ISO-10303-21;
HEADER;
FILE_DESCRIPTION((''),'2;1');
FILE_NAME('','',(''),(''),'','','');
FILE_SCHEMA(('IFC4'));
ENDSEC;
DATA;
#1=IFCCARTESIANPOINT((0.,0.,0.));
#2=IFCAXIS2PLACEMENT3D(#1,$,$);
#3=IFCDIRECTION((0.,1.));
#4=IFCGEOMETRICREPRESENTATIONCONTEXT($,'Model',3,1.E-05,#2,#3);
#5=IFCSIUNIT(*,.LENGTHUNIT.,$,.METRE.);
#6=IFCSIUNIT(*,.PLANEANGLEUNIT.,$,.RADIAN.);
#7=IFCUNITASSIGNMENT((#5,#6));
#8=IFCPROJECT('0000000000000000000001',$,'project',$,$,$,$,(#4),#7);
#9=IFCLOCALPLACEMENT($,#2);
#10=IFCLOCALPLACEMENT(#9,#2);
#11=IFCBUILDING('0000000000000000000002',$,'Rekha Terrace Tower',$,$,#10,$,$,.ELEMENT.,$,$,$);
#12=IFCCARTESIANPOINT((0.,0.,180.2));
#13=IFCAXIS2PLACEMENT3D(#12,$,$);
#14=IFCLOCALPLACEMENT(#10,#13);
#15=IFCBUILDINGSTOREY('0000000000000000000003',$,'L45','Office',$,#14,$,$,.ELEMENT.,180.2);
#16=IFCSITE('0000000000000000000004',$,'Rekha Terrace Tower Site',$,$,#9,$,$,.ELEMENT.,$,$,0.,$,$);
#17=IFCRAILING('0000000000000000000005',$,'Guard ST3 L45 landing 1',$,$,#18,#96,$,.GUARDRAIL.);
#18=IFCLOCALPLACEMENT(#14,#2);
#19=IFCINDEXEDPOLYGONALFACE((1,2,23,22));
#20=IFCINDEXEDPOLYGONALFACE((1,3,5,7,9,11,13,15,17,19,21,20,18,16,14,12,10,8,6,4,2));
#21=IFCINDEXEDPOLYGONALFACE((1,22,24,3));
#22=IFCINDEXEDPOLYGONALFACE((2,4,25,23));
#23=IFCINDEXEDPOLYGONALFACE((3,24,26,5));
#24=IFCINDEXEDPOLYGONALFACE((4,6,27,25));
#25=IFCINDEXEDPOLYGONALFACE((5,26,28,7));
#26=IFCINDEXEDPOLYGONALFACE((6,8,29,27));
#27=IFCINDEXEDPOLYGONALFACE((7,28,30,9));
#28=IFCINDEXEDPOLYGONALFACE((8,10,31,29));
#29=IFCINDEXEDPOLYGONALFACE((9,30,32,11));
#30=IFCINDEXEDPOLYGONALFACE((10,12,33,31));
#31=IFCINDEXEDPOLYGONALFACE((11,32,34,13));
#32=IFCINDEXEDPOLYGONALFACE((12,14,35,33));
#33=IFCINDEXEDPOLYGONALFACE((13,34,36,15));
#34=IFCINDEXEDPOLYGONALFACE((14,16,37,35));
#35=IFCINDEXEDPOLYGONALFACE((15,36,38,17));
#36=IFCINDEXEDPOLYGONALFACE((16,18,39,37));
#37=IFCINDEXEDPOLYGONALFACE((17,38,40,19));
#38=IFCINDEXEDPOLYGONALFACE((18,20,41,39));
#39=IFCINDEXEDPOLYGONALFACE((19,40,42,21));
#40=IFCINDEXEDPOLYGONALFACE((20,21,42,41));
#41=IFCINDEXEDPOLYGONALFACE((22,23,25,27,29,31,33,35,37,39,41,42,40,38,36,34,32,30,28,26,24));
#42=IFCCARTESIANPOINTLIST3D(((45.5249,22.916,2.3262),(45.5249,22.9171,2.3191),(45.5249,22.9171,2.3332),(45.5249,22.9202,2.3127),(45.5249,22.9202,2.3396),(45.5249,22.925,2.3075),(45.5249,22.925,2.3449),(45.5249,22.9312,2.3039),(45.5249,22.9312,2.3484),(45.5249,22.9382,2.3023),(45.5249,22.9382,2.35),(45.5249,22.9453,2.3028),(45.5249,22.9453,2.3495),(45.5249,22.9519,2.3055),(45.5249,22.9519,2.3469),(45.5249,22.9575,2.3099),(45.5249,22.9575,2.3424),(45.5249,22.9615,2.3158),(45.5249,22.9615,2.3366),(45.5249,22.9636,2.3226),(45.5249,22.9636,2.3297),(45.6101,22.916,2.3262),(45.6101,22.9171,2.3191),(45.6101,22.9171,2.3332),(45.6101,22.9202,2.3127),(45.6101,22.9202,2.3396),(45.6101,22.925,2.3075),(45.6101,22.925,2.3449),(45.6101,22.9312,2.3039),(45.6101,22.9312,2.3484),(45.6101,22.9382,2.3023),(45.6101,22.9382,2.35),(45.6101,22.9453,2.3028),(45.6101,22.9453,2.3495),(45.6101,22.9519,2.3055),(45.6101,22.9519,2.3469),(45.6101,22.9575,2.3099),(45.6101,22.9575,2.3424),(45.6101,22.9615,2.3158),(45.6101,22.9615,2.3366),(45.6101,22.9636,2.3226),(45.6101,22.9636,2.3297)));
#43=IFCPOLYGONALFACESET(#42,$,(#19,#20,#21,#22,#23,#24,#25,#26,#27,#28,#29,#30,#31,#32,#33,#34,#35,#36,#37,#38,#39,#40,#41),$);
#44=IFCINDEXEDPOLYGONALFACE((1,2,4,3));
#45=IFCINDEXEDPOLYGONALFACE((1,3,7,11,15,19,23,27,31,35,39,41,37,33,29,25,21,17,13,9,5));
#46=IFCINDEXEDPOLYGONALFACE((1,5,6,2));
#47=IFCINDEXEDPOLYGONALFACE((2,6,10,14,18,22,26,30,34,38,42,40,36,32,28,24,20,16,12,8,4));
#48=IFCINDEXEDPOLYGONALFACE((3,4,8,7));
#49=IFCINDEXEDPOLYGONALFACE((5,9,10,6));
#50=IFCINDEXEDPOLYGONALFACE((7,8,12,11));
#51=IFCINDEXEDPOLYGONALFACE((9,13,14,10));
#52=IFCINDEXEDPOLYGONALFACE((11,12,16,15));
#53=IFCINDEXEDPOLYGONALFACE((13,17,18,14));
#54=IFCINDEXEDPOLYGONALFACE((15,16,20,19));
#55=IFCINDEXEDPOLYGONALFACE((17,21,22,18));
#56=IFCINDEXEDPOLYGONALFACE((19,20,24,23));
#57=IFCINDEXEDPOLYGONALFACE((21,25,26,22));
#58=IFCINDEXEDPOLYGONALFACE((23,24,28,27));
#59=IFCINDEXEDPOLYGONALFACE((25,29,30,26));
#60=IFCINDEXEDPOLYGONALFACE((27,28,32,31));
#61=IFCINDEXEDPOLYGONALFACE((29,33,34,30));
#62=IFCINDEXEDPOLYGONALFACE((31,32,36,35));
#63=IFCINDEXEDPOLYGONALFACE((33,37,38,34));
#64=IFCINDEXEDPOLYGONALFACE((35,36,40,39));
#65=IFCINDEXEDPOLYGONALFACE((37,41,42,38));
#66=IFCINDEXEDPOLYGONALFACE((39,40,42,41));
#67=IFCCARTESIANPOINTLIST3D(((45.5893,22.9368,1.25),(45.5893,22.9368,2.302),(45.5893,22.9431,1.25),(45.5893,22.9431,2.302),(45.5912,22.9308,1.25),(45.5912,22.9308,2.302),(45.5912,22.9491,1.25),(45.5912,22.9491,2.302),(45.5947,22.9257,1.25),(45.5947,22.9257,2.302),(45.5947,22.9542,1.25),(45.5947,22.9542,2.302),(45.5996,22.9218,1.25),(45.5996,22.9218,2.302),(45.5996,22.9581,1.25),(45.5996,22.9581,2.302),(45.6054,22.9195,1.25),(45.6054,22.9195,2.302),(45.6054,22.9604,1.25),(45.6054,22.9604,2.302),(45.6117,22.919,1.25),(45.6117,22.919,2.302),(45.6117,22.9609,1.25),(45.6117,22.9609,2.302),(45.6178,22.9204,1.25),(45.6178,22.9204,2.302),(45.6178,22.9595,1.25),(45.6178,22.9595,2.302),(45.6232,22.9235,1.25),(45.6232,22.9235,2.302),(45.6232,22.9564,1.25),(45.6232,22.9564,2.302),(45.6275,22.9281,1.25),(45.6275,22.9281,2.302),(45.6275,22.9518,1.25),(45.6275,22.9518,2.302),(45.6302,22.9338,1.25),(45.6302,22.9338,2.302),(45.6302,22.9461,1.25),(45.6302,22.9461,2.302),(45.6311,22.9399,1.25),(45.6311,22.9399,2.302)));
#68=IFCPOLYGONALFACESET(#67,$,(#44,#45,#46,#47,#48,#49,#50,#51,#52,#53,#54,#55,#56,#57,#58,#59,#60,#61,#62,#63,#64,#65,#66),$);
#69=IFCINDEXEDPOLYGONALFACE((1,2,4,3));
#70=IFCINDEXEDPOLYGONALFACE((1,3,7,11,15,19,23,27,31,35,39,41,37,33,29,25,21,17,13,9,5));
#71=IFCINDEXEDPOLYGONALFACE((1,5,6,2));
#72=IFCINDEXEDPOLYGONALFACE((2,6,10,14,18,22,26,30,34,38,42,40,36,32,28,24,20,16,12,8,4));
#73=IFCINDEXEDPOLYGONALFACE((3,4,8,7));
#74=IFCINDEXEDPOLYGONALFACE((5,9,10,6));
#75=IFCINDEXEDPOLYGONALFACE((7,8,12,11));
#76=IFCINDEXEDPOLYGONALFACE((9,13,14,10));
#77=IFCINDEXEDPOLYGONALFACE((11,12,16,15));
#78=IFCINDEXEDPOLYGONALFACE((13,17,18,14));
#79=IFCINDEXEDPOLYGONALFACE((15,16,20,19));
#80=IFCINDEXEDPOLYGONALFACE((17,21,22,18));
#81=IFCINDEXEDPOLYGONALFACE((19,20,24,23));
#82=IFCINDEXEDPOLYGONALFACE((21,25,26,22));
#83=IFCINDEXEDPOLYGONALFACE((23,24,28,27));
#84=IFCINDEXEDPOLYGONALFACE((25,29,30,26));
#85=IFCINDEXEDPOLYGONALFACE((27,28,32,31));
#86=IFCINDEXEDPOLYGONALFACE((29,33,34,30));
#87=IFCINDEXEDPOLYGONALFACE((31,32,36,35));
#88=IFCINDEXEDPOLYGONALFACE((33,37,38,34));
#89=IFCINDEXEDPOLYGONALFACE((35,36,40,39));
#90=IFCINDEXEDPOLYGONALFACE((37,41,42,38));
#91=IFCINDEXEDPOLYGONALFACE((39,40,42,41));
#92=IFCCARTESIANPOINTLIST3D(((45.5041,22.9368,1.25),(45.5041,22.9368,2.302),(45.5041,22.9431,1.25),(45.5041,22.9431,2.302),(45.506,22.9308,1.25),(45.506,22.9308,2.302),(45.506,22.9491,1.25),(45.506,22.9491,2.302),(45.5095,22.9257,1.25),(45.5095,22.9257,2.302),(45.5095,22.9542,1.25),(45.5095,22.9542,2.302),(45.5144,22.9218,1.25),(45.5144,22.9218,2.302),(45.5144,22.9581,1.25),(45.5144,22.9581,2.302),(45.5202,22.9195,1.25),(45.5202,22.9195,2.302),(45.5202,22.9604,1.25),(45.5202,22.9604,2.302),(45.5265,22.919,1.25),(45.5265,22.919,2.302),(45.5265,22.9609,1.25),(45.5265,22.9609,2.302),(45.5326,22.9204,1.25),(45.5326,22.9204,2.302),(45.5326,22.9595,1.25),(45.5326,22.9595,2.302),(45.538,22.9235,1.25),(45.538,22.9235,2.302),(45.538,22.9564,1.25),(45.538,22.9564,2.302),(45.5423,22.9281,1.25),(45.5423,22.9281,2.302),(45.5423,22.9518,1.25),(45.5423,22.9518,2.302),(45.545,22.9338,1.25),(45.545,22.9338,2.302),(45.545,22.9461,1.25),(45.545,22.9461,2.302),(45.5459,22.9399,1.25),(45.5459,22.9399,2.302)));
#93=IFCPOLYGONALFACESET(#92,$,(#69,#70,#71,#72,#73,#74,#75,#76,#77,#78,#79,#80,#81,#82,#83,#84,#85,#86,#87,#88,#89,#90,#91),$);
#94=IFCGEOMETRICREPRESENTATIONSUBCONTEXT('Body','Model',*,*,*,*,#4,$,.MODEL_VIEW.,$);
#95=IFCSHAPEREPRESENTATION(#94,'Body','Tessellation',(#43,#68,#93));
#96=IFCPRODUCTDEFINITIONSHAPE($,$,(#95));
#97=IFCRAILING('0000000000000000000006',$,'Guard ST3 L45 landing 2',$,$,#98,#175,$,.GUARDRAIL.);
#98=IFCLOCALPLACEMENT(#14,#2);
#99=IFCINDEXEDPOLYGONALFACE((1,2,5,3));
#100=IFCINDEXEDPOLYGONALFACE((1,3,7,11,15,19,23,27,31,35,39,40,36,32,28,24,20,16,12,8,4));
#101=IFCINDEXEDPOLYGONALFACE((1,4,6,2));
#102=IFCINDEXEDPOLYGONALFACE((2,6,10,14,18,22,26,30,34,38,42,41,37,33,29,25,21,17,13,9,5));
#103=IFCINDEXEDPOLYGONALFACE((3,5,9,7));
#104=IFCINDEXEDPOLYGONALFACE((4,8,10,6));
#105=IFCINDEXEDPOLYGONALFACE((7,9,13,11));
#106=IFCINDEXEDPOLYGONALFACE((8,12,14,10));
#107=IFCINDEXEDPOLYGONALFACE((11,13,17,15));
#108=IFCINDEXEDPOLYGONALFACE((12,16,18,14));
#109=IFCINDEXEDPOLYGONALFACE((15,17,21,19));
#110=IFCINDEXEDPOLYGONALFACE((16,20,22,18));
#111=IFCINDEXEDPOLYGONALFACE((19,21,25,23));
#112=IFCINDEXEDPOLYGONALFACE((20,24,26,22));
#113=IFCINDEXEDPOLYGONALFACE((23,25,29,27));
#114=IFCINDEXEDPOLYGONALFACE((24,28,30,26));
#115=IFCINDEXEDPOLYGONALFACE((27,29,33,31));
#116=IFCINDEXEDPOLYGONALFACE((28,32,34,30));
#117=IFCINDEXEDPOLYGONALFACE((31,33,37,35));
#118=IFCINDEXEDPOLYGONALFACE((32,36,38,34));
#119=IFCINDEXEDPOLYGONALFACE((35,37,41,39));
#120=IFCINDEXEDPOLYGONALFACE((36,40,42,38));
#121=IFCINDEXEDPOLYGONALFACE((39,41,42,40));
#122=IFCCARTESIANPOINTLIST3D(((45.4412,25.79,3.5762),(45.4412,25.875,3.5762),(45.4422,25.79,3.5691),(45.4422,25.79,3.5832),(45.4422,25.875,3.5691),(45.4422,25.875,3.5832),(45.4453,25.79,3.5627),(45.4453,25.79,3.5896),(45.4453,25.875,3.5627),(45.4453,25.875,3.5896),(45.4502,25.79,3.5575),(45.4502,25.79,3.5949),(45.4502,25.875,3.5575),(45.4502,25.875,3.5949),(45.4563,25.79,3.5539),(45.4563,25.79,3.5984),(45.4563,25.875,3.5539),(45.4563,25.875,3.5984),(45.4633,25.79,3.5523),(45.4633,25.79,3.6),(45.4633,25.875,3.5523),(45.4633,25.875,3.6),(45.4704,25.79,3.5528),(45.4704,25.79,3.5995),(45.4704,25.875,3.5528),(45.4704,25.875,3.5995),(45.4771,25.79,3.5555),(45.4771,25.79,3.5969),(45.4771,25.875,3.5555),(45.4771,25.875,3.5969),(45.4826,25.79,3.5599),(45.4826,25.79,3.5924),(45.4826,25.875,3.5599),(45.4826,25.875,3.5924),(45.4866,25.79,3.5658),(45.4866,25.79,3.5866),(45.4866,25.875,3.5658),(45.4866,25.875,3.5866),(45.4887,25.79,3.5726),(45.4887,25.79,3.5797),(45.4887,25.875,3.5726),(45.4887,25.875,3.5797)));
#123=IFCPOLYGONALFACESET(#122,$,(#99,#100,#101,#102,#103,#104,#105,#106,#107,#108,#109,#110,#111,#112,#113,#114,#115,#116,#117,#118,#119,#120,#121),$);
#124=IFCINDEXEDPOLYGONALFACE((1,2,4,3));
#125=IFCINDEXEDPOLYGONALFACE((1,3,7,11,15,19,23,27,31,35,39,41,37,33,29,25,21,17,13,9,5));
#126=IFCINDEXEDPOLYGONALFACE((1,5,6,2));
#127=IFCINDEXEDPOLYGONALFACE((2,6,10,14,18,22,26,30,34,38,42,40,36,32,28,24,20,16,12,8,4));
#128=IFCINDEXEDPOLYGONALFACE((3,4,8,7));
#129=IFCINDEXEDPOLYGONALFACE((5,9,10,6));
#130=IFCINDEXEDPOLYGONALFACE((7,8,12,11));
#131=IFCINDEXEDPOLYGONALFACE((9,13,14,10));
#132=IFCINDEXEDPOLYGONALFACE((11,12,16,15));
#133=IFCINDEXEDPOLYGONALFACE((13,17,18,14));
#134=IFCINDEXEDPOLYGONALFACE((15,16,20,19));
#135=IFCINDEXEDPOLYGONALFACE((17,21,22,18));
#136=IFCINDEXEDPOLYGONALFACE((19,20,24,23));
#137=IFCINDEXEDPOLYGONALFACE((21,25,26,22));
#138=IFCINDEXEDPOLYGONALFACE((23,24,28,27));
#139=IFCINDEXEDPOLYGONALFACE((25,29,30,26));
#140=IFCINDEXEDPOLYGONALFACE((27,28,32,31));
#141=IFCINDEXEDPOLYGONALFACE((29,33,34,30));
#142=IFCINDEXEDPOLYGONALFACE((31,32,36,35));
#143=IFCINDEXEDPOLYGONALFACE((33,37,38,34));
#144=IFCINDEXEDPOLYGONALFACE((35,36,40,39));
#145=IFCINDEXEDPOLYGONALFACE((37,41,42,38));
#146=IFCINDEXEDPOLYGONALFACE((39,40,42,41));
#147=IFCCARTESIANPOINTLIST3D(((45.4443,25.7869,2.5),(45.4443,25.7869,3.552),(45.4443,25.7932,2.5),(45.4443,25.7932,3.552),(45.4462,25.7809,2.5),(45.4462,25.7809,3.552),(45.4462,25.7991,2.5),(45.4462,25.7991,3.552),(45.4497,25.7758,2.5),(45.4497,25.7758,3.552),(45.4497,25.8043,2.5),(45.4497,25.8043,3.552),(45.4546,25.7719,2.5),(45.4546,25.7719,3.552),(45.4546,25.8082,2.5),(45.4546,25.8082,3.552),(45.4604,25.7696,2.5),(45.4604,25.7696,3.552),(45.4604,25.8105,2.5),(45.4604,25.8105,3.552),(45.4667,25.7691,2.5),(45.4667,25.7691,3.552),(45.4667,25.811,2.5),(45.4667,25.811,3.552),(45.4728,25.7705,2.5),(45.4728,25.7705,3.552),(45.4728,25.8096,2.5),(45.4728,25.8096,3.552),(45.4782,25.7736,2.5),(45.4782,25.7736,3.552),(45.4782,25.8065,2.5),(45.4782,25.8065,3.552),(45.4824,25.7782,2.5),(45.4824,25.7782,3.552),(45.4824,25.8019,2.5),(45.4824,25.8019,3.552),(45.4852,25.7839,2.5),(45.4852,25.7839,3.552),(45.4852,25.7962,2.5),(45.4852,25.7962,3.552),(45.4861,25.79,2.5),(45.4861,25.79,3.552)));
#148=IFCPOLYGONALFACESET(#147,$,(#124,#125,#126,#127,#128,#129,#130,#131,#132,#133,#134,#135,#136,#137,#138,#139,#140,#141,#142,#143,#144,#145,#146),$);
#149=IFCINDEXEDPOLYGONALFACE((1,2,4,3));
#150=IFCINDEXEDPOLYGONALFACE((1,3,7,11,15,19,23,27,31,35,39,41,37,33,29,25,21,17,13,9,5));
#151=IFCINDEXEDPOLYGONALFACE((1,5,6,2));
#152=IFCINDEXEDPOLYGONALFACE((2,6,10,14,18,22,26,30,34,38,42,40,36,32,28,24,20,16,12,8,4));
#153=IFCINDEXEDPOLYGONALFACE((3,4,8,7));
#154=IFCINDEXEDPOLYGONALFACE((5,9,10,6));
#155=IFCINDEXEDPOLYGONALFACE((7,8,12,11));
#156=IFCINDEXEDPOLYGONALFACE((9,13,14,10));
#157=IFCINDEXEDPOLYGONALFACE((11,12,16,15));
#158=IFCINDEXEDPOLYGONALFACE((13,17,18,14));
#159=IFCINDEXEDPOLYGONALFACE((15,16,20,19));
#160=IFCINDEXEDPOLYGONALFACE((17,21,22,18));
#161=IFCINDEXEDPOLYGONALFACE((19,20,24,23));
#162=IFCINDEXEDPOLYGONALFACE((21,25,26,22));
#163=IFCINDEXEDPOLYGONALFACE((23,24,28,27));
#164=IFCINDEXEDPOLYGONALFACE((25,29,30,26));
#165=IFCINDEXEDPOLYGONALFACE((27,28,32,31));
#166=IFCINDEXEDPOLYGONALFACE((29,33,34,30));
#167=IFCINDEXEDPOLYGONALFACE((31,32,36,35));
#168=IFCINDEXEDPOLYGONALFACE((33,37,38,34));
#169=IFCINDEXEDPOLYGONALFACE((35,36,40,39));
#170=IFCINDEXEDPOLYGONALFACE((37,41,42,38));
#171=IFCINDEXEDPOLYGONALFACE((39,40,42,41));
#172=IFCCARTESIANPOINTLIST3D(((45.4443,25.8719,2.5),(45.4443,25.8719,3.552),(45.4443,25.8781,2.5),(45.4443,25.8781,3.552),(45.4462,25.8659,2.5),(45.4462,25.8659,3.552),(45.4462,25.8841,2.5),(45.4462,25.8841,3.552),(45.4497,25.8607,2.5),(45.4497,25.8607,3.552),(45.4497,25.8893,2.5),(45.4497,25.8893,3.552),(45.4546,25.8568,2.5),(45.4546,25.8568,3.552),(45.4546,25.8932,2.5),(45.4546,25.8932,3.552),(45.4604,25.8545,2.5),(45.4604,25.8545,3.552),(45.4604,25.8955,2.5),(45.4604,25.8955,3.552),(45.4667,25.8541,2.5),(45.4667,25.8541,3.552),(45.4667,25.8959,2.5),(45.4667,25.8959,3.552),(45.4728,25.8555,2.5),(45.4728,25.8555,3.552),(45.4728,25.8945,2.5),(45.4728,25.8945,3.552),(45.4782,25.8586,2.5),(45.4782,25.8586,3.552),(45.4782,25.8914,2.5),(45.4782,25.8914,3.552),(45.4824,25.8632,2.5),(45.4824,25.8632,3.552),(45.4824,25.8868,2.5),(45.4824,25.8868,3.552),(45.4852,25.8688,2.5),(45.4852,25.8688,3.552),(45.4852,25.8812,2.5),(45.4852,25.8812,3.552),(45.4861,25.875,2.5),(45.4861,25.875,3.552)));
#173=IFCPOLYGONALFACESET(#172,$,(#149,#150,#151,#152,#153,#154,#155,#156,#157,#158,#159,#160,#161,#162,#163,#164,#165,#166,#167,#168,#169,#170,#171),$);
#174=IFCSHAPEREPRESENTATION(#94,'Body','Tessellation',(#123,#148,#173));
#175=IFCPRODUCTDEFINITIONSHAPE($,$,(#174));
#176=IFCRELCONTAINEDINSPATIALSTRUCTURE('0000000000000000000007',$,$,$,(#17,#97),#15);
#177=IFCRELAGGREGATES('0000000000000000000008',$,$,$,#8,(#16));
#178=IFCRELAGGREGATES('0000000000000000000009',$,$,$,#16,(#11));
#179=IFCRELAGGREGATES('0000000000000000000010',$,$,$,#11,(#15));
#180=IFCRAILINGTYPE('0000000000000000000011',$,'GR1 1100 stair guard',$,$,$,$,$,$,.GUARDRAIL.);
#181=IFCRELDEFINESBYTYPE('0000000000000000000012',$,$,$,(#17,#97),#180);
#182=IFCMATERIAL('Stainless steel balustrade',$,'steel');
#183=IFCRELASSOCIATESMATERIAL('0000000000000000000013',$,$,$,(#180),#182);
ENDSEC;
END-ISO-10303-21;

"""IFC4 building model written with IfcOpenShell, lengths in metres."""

from ifc_helpers import new_model, si_unit, direction, frame, origin, origin_2d, place, context, subcontext, project, spatial, circle, extrude, material, type_object, element, save


model = new_model("IFC4")

# Units and contexts
model_context = context("Model", 3, precision=1e-05, world=origin(), true_north=direction((0.0, 1.0)))
body_context = subcontext(model_context, "Body", "Model", "MODEL_VIEW")
ifc_project = project(units=[si_unit("LENGTHUNIT", "METRE"), si_unit("PLANEANGLEUNIT", "RADIAN")], contexts=[model_context])

# Site, building, storey
site_placement = place(None, origin())
site = spatial("IfcSite", under=ifc_project, at=site_placement, Name="Rekha Terrace Tower Site", CompositionType="ELEMENT", RefElevation=0.0)
building_placement = place(site_placement, origin())
building = spatial("IfcBuilding", under=site, at=building_placement, Name="Rekha Terrace Tower", CompositionType="ELEMENT")
storey_placement = place(building_placement, frame((0.0, 0.0, 180.2)))
storey = spatial("IfcBuildingStorey", under=building, at=storey_placement, Name="L45", Description="Office", CompositionType="ELEMENT", Elevation=180.2)

# Railings
ifc_material_1 = material(Name="Stainless steel balustrade", Category="steel")
railing_type_1 = type_object("IfcRailingType", Name="GR1 1100 stair guard", PredefinedType="GUARDRAIL", material=ifc_material_1)
railing_1_placement = place(storey_placement, frame((45.6101, 22.9399, 1.25)))
element("IfcRailing", 1, at=railing_1_placement, inside=storey, type_object=railing_type_1, Name="Guard ST3 L45 landing 1", PredefinedType="GUARDRAIL", context=body_context, shape_type="SweptSolid", body=[
    extrude(circle(Radius=0.0239, at=origin_2d()), frame((0.0, 0.0, 1.0762), z_axis=(-1.0, 0.0, 0.0), x_axis=(0.0, -1.0, 0.0)), (0.0, 0.0, 1.0), 0.0852),
    extrude(circle(Radius=0.021, at=origin_2d()), origin(), (0.0, 0.0, 1.0), 1.052),
    extrude(circle(Radius=0.021, at=origin_2d()), frame((-0.0852, 0.0, 0.0)), (0.0, 0.0, 1.0), 1.052),
])
railing_2_placement = place(storey_placement, frame((45.4651, 25.79, 2.5)))
element("IfcRailing", 2, at=railing_2_placement, inside=storey, type_object=railing_type_1, Name="Guard ST3 L45 landing 2", PredefinedType="GUARDRAIL", context=body_context, shape_type="SweptSolid", body=[
    extrude(circle(Radius=0.0239, at=origin_2d()), frame((0.0, 0.0, 1.0762), z_axis=(0.0, 1.0, 0.0), x_axis=(-1.0, 0.0, 0.0)), (0.0, 0.0, 1.0), 0.085),
    extrude(circle(Radius=0.021, at=origin_2d()), origin(), (0.0, 0.0, 1.0), 1.052),
    extrude(circle(Radius=0.021, at=origin_2d()), frame((0.0, 0.085, 0.0)), (0.0, 0.0, 1.0), 1.052),
])

save(model, "model.ifc")
